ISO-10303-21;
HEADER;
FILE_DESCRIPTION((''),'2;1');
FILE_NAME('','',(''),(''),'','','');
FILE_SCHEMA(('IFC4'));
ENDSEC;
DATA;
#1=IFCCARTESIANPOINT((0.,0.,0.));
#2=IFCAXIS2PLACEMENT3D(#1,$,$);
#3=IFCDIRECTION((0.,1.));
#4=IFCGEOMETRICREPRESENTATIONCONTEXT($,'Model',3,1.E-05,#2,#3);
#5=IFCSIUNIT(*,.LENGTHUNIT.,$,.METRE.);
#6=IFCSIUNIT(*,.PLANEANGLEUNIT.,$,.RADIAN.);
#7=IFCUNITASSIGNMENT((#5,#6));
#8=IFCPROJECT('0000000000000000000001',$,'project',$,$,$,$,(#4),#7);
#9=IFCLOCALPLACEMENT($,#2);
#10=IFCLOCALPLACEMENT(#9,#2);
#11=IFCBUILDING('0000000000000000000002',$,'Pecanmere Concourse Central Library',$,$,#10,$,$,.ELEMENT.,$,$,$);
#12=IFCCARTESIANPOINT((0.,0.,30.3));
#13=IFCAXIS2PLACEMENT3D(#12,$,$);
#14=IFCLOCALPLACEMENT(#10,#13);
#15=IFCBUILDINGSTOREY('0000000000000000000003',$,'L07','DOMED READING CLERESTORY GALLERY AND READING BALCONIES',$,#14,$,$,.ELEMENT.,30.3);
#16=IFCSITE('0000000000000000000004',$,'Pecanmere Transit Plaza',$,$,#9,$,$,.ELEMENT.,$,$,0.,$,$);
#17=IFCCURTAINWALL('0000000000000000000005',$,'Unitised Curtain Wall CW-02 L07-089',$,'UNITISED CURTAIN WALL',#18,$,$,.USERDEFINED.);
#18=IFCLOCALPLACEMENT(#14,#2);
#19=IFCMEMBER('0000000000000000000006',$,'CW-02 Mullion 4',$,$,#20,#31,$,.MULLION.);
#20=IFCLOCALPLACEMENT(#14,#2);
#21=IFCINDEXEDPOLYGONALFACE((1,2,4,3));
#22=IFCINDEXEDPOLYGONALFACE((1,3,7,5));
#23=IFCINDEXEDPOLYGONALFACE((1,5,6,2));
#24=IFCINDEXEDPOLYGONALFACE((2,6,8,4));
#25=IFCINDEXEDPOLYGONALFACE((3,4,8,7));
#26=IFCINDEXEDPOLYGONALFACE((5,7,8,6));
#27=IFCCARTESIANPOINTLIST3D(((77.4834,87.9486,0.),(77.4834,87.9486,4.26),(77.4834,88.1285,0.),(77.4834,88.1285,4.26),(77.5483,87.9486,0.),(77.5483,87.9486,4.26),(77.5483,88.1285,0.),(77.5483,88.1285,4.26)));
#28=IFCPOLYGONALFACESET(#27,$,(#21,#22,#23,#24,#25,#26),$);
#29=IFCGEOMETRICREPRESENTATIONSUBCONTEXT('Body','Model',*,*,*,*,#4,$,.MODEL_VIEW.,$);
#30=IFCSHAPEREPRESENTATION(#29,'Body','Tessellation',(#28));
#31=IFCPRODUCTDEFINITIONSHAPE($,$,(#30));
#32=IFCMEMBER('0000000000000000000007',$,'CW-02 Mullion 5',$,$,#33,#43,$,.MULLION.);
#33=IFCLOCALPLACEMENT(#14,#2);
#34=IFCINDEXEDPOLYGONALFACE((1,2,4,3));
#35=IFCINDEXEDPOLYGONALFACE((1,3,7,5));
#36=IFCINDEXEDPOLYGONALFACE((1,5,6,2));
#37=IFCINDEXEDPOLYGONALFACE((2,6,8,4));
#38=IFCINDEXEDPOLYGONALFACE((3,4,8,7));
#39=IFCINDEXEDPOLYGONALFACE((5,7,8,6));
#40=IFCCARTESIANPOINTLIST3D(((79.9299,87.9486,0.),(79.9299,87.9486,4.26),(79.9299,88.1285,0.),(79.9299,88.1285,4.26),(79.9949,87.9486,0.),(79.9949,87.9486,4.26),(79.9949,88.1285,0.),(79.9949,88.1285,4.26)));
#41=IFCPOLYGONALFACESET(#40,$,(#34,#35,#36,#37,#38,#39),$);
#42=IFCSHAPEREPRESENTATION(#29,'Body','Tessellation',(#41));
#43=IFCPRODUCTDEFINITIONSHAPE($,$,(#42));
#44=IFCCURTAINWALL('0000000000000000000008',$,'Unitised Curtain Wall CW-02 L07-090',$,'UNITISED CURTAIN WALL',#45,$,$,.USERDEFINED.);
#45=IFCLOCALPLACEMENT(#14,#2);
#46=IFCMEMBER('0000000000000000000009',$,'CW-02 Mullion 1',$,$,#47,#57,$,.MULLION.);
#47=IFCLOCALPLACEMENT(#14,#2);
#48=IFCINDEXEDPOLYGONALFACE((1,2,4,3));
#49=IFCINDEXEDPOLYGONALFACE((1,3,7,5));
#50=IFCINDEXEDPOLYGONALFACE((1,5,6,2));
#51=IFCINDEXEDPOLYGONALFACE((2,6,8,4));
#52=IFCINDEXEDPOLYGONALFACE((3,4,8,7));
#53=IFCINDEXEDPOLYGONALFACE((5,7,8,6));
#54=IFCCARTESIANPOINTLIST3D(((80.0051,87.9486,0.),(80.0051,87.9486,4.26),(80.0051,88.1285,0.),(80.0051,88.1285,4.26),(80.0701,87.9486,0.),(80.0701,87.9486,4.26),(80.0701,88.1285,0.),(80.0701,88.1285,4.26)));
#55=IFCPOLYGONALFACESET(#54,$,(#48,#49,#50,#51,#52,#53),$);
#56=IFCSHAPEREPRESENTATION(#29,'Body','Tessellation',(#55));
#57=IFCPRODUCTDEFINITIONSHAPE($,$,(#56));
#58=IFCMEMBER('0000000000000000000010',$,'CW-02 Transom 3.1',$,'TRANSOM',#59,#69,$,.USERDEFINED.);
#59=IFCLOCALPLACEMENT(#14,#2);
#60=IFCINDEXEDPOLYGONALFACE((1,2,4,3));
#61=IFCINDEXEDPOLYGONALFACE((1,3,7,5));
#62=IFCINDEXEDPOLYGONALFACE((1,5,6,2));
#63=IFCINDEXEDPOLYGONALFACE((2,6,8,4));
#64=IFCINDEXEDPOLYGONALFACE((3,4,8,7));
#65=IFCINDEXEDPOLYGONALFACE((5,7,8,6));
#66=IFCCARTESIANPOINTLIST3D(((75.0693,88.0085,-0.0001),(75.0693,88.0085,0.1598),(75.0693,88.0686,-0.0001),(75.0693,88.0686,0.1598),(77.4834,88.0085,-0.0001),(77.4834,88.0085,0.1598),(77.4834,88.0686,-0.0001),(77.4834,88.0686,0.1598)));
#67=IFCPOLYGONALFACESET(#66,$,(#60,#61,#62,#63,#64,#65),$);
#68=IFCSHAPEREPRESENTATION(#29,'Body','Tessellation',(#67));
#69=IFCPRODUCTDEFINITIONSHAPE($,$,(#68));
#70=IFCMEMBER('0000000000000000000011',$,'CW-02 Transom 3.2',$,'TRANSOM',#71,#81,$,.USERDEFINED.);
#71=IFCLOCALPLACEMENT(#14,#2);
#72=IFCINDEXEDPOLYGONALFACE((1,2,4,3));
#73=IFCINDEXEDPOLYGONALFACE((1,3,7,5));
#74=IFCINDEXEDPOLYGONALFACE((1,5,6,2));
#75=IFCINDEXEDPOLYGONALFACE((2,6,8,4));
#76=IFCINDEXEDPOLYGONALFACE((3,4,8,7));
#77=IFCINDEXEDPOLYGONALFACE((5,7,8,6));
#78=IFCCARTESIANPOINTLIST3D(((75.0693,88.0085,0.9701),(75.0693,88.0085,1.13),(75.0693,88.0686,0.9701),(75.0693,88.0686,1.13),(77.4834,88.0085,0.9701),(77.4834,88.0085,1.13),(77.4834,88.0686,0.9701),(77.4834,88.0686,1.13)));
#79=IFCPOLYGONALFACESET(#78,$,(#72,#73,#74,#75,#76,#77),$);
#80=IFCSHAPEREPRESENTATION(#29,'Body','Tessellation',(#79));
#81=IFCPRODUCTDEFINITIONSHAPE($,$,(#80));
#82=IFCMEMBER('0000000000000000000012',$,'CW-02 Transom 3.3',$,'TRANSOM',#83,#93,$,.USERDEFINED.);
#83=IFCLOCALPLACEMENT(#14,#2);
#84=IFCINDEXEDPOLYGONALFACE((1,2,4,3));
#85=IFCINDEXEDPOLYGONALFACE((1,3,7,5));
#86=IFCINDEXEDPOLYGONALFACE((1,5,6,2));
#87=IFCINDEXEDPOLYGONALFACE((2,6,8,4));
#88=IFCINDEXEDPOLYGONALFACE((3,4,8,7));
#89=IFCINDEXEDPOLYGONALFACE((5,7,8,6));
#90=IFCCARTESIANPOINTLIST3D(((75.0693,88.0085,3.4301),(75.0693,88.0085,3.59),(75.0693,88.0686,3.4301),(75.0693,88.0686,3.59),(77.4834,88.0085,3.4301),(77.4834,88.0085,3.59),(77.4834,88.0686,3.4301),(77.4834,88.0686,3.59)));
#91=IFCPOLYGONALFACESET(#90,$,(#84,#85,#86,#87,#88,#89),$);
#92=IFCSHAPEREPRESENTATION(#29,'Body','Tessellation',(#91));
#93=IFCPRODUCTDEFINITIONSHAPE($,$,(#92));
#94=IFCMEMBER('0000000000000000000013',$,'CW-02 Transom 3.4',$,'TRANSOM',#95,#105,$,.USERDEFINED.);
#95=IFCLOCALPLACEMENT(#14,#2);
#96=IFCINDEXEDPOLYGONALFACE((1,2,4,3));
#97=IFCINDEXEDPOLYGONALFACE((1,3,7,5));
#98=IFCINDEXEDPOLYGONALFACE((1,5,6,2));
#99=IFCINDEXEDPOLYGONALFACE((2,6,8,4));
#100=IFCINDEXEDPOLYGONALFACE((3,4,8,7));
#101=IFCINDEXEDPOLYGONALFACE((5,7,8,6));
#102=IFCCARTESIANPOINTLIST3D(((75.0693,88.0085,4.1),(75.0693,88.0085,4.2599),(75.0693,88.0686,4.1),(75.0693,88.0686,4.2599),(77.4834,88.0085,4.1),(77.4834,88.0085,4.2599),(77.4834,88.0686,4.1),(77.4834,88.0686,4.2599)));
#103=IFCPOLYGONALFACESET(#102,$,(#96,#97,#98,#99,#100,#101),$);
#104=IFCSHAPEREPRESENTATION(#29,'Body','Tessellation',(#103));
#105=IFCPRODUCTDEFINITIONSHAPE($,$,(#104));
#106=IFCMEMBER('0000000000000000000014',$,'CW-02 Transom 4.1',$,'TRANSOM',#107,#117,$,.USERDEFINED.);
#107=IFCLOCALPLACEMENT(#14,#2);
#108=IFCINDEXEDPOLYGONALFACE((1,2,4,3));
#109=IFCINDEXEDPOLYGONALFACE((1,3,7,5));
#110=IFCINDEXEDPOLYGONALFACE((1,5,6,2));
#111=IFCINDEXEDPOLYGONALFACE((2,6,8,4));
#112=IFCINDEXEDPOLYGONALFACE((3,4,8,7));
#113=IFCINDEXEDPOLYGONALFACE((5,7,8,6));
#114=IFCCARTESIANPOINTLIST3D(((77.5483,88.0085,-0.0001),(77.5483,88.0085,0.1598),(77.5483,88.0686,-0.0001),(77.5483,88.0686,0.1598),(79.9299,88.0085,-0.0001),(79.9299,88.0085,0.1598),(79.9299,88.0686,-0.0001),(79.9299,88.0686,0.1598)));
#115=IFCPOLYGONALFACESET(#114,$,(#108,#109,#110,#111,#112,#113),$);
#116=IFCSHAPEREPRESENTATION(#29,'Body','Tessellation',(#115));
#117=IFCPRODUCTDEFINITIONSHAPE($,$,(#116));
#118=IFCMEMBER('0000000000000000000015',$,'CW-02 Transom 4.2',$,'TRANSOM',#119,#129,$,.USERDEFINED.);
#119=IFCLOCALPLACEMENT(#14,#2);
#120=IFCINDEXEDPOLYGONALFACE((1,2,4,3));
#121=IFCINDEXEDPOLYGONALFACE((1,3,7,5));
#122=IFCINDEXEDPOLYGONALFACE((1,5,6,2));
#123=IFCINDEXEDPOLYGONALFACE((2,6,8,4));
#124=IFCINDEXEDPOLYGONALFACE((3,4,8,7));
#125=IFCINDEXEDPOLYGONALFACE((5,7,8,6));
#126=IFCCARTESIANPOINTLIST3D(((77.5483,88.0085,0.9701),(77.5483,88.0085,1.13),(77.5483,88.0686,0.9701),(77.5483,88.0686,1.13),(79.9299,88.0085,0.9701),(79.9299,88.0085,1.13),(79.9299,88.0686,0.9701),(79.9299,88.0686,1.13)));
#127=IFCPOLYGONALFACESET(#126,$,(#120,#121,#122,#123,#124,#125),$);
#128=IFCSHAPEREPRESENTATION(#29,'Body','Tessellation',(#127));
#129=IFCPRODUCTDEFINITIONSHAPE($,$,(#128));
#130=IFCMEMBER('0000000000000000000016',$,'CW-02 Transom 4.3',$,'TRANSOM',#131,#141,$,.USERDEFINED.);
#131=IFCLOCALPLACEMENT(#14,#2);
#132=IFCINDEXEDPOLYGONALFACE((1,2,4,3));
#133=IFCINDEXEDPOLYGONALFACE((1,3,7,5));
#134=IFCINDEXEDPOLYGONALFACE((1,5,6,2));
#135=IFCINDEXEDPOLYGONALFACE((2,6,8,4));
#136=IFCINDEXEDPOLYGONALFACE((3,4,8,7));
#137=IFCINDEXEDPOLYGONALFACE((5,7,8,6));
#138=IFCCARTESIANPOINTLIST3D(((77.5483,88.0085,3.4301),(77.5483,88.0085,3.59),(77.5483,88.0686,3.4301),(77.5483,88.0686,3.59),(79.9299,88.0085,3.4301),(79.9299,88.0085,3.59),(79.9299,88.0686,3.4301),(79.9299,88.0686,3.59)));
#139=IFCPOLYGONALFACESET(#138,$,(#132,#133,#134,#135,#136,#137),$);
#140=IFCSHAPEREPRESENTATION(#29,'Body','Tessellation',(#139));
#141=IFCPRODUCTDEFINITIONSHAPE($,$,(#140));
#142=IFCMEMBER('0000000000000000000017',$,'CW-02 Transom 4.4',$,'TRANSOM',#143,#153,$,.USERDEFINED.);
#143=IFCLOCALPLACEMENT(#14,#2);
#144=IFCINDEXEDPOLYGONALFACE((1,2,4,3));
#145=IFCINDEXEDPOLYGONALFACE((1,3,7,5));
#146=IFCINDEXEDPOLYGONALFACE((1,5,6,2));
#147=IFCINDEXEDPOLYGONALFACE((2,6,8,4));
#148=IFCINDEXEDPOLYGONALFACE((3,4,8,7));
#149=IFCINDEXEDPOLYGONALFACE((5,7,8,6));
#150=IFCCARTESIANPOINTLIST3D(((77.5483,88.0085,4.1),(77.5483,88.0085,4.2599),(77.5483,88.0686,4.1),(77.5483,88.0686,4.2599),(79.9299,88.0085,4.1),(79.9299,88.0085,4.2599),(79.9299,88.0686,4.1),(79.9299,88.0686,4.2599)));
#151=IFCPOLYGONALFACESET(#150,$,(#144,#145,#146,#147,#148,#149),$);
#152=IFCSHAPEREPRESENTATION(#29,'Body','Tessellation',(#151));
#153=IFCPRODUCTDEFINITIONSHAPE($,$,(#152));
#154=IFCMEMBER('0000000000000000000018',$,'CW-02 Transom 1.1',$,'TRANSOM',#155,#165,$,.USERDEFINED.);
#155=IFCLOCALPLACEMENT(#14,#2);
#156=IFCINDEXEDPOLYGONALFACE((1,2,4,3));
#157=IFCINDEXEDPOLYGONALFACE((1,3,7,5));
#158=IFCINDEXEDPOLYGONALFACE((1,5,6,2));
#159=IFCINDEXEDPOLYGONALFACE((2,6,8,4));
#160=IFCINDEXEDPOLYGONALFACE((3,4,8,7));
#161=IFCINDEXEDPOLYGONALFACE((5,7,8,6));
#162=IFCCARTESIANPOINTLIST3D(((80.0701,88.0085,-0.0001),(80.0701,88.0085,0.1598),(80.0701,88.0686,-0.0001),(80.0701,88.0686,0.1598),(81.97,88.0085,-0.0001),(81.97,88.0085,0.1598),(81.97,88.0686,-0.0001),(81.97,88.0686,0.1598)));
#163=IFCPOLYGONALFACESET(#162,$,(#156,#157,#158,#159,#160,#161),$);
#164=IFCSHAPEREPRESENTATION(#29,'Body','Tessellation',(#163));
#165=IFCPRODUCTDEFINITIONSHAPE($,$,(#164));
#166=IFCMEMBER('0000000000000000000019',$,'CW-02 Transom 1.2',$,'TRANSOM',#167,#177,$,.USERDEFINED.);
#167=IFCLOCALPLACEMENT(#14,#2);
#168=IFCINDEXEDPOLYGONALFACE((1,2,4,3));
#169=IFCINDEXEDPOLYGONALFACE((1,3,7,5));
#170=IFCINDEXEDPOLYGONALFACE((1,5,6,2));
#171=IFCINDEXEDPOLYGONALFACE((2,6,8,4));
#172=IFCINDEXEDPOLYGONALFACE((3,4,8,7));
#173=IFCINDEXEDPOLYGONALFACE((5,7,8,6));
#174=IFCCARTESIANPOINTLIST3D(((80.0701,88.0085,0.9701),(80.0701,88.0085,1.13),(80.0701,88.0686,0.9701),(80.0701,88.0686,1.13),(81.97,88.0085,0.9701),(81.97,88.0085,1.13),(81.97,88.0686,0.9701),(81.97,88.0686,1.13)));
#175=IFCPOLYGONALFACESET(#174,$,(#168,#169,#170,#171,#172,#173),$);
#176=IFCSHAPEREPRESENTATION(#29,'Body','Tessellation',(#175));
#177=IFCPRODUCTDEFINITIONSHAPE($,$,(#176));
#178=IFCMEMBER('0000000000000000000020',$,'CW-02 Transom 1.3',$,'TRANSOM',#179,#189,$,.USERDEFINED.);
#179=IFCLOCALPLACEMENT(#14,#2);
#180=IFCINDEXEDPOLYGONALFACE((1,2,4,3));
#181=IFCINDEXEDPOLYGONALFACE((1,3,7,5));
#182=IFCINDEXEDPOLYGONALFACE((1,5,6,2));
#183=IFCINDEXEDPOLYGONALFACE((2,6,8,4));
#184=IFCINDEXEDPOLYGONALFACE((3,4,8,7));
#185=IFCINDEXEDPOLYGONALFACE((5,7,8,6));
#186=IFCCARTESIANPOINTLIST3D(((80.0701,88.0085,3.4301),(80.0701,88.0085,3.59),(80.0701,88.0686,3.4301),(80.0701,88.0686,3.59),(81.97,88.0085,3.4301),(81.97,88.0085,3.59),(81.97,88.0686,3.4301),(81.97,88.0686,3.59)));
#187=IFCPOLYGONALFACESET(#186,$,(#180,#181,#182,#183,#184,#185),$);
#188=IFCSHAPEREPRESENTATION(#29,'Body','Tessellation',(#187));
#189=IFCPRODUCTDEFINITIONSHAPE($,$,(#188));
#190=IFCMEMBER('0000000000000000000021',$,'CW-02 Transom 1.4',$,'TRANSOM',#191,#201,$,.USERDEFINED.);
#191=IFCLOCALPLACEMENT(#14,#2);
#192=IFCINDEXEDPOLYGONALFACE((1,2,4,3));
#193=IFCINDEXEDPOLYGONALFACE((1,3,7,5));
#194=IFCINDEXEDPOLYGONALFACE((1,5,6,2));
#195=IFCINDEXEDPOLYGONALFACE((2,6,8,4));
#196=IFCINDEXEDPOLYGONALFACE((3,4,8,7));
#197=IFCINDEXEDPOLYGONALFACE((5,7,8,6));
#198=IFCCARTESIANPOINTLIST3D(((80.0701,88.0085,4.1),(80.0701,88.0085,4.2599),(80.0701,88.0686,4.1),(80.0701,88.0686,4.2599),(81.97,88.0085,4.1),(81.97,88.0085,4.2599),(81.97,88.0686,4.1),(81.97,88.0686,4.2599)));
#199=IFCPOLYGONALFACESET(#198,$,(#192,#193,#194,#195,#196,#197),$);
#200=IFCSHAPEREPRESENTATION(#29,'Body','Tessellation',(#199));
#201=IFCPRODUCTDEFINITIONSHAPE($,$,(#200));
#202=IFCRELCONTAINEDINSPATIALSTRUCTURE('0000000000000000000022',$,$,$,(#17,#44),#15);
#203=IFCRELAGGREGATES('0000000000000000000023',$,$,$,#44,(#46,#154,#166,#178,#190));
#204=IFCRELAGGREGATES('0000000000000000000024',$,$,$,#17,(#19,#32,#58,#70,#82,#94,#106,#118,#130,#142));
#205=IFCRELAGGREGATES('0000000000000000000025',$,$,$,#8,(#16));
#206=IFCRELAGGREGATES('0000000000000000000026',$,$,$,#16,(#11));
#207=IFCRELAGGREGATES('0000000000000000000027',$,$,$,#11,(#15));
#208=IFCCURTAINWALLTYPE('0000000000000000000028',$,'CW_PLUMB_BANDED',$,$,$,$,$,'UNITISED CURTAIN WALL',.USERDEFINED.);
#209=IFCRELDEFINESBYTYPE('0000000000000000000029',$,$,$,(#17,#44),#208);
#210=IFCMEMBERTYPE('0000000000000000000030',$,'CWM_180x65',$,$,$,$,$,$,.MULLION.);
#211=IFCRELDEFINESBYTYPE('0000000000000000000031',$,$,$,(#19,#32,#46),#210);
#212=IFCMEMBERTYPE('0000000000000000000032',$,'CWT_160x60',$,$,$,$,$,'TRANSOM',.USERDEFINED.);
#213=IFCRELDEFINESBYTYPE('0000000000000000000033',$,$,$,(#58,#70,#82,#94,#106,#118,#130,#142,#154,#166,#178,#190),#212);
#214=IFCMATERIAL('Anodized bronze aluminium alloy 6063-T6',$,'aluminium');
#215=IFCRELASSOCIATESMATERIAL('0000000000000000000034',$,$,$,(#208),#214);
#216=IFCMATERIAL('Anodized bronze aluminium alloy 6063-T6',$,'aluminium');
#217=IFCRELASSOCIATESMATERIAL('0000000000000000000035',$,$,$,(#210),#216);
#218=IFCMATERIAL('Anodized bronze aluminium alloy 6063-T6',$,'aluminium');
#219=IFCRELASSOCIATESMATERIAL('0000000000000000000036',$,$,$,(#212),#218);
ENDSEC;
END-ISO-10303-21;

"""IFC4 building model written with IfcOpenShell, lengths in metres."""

from ifc_helpers import new_model, si_unit, direction, frame, origin, origin_2d, place, context, subcontext, project, spatial, rectangle, extrude, material, material_profile, profile_set, type_object, element, aggregate, save


model = new_model("IFC4")

# Units and contexts
model_context = context("Model", 3, precision=1e-05, world=origin(), true_north=direction((0.0, 1.0)))
body_context = subcontext(model_context, "Body", "Model", "MODEL_VIEW")
ifc_project = project(units=[si_unit("LENGTHUNIT", "METRE"), si_unit("PLANEANGLEUNIT", "RADIAN")], contexts=[model_context])

# Site, building, storey
site_placement = place(None, origin())
site = spatial("IfcSite", under=ifc_project, at=site_placement, Name="Pecanmere Transit Plaza", CompositionType="ELEMENT", RefElevation=0.0)
building_placement = place(site_placement, origin())
building = spatial("IfcBuilding", under=site, at=building_placement, Name="Pecanmere Concourse Central Library", CompositionType="ELEMENT")
storey_placement = place(building_placement, frame((0.0, 0.0, 30.3)))
storey = spatial("IfcBuildingStorey", under=building, at=storey_placement, Name="L07", Description="DOMED READING CLERESTORY GALLERY AND READING BALCONIES", CompositionType="ELEMENT", Elevation=30.3)

# Curtain wall, members
ifc_material_1 = material(Name="Anodized bronze aluminium alloy 6063-T6", Category="aluminium")
curtain_wall_type = type_object("IfcCurtainWallType", Name="CW_PLUMB_BANDED", ElementType="UNITISED CURTAIN WALL", PredefinedType="USERDEFINED", material=ifc_material_1)
curtain_wall_1_placement = place(storey_placement, origin())
curtain_wall_1 = element("IfcCurtainWall", 1, at=curtain_wall_1_placement, inside=storey, type_object=curtain_wall_type, Name="Unitised Curtain Wall CW-02 L07-089", ObjectType="UNITISED CURTAIN WALL", PredefinedType="USERDEFINED")
ifc_material_2 = material(Name="Anodized bronze aluminium alloy 6063-T6", Category="aluminium")
ifc_material_profile_1 = material_profile(ifc_material_2, rectangle(XDim=0.0649, YDim=0.1799, at=origin_2d()), Name="AL 65x180")
ifc_profile_set_1 = profile_set([ifc_material_profile_1], Name="Anodized bronze aluminium alloy 6063-T6")
member_type_1 = type_object("IfcMemberType", Name="CWM_180x65", PredefinedType="MULLION", material=ifc_profile_set_1)
member_1_placement = place(storey_placement, frame((77.5159, 88.0386, 0.0), z_axis=(0.0, 0.0, 1.0), x_axis=(1.0, 0.0, 0.0)))
member_1 = element("IfcMember", 2, at=member_1_placement, type_object=member_type_1, Name="CW-02 Mullion 4", PredefinedType="MULLION", context=body_context, shape_type="SweptSolid", body=[
    extrude(rectangle(XDim=0.0649, YDim=0.1799, at=origin_2d()), origin(), (0.0, 0.0, 1.0), 4.26),
])
member_2_placement = place(storey_placement, frame((79.9624, 88.0386, 0.0), z_axis=(0.0, 0.0, 1.0), x_axis=(1.0, 0.0, 0.0)))
member_2 = element("IfcMember", 3, at=member_2_placement, type_object=member_type_1, Name="CW-02 Mullion 5", PredefinedType="MULLION", context=body_context, shape_type="SweptSolid", body=[
    extrude(rectangle(XDim=0.0649, YDim=0.1799, at=origin_2d()), origin(), (0.0, 0.0, 1.0), 4.26),
])

# Curtain wall, member
curtain_wall_2_placement = place(storey_placement, origin())
curtain_wall_2 = element("IfcCurtainWall", 4, at=curtain_wall_2_placement, inside=storey, type_object=curtain_wall_type, Name="Unitised Curtain Wall CW-02 L07-090", ObjectType="UNITISED CURTAIN WALL", PredefinedType="USERDEFINED")
member_3_placement = place(storey_placement, frame((80.0376, 88.0386, 0.0), z_axis=(0.0, 0.0, 1.0), x_axis=(1.0, 0.0, 0.0)))
member_3 = element("IfcMember", 5, at=member_3_placement, type_object=member_type_1, Name="CW-02 Mullion 1", PredefinedType="MULLION", context=body_context, shape_type="SweptSolid", body=[
    extrude(rectangle(XDim=0.0649, YDim=0.1799, at=origin_2d()), origin(), (0.0, 0.0, 1.0), 4.26),
])

# Members
ifc_material_3 = material(Name="Anodized bronze aluminium alloy 6063-T6", Category="aluminium")
ifc_material_profile_2 = material_profile(ifc_material_3, rectangle(XDim=0.0601, YDim=0.1599, at=origin_2d()), Name="AL 60x160")
ifc_profile_set_2 = profile_set([ifc_material_profile_2], Name="Anodized bronze aluminium alloy 6063-T6")
member_type_2 = type_object("IfcMemberType", Name="CWT_160x60", ElementType="TRANSOM", PredefinedType="USERDEFINED", material=ifc_profile_set_2)
member_4_placement = place(storey_placement, frame((75.0693, 88.0386, 0.0798), z_axis=(1.0, 0.0, 0.0), x_axis=(0.0, 1.0, 0.0)))
member_4 = element("IfcMember", 6, at=member_4_placement, type_object=member_type_2, Name="CW-02 Transom 3.1", ObjectType="TRANSOM", PredefinedType="USERDEFINED", context=body_context, shape_type="SweptSolid", body=[
    extrude(rectangle(XDim=0.0601, YDim=0.1599, at=origin_2d()), origin(), (0.0, 0.0, 1.0), 2.4141),
])
member_5_placement = place(storey_placement, frame((75.0693, 88.0386, 1.05), z_axis=(1.0, 0.0, 0.0), x_axis=(0.0, 1.0, 0.0)))
member_5 = element("IfcMember", 7, at=member_5_placement, type_object=member_type_2, Name="CW-02 Transom 3.2", ObjectType="TRANSOM", PredefinedType="USERDEFINED", context=body_context, shape_type="SweptSolid", body=[
    extrude(rectangle(XDim=0.0601, YDim=0.1599, at=origin_2d()), origin(), (0.0, 0.0, 1.0), 2.4141),
])
member_6_placement = place(storey_placement, frame((75.0693, 88.0386, 3.51), z_axis=(1.0, 0.0, 0.0), x_axis=(0.0, 1.0, 0.0)))
member_6 = element("IfcMember", 8, at=member_6_placement, type_object=member_type_2, Name="CW-02 Transom 3.3", ObjectType="TRANSOM", PredefinedType="USERDEFINED", context=body_context, shape_type="SweptSolid", body=[
    extrude(rectangle(XDim=0.0601, YDim=0.1599, at=origin_2d()), origin(), (0.0, 0.0, 1.0), 2.4141),
])
member_7_placement = place(storey_placement, frame((75.0693, 88.0386, 4.1799), z_axis=(1.0, 0.0, 0.0), x_axis=(0.0, 1.0, 0.0)))
member_7 = element("IfcMember", 9, at=member_7_placement, type_object=member_type_2, Name="CW-02 Transom 3.4", ObjectType="TRANSOM", PredefinedType="USERDEFINED", context=body_context, shape_type="SweptSolid", body=[
    extrude(rectangle(XDim=0.0601, YDim=0.1599, at=origin_2d()), origin(), (0.0, 0.0, 1.0), 2.4141),
])
member_8_placement = place(storey_placement, frame((77.5483, 88.0386, 0.0798), z_axis=(1.0, 0.0, 0.0), x_axis=(0.0, 1.0, 0.0)))
member_8 = element("IfcMember", 10, at=member_8_placement, type_object=member_type_2, Name="CW-02 Transom 4.1", ObjectType="TRANSOM", PredefinedType="USERDEFINED", context=body_context, shape_type="SweptSolid", body=[
    extrude(rectangle(XDim=0.0601, YDim=0.1599, at=origin_2d()), origin(), (0.0, 0.0, 1.0), 2.3816),
])
member_9_placement = place(storey_placement, frame((77.5483, 88.0386, 1.05), z_axis=(1.0, 0.0, 0.0), x_axis=(0.0, 1.0, 0.0)))
member_9 = element("IfcMember", 11, at=member_9_placement, type_object=member_type_2, Name="CW-02 Transom 4.2", ObjectType="TRANSOM", PredefinedType="USERDEFINED", context=body_context, shape_type="SweptSolid", body=[
    extrude(rectangle(XDim=0.0601, YDim=0.1599, at=origin_2d()), origin(), (0.0, 0.0, 1.0), 2.3816),
])
member_10_placement = place(storey_placement, frame((77.5483, 88.0386, 3.51), z_axis=(1.0, 0.0, 0.0), x_axis=(0.0, 1.0, 0.0)))
member_10 = element("IfcMember", 12, at=member_10_placement, type_object=member_type_2, Name="CW-02 Transom 4.3", ObjectType="TRANSOM", PredefinedType="USERDEFINED", context=body_context, shape_type="SweptSolid", body=[
    extrude(rectangle(XDim=0.0601, YDim=0.1599, at=origin_2d()), origin(), (0.0, 0.0, 1.0), 2.3816),
])
member_11_placement = place(storey_placement, frame((77.5483, 88.0386, 4.1799), z_axis=(1.0, 0.0, 0.0), x_axis=(0.0, 1.0, 0.0)))
member_11 = element("IfcMember", 13, at=member_11_placement, type_object=member_type_2, Name="CW-02 Transom 4.4", ObjectType="TRANSOM", PredefinedType="USERDEFINED", context=body_context, shape_type="SweptSolid", body=[
    extrude(rectangle(XDim=0.0601, YDim=0.1599, at=origin_2d()), origin(), (0.0, 0.0, 1.0), 2.3816),
])
member_12_placement = place(storey_placement, frame((80.0701, 88.0386, 0.0798), z_axis=(1.0, 0.0, 0.0), x_axis=(0.0, 1.0, 0.0)))
member_12 = element("IfcMember", 14, at=member_12_placement, type_object=member_type_2, Name="CW-02 Transom 1.1", ObjectType="TRANSOM", PredefinedType="USERDEFINED", context=body_context, shape_type="SweptSolid", body=[
    extrude(rectangle(XDim=0.0601, YDim=0.1599, at=origin_2d()), origin(), (0.0, 0.0, 1.0), 1.8999),
])
member_13_placement = place(storey_placement, frame((80.0701, 88.0386, 1.05), z_axis=(1.0, 0.0, 0.0), x_axis=(0.0, 1.0, 0.0)))
member_13 = element("IfcMember", 15, at=member_13_placement, type_object=member_type_2, Name="CW-02 Transom 1.2", ObjectType="TRANSOM", PredefinedType="USERDEFINED", context=body_context, shape_type="SweptSolid", body=[
    extrude(rectangle(XDim=0.0601, YDim=0.1599, at=origin_2d()), origin(), (0.0, 0.0, 1.0), 1.8999),
])
member_14_placement = place(storey_placement, frame((80.0701, 88.0386, 3.51), z_axis=(1.0, 0.0, 0.0), x_axis=(0.0, 1.0, 0.0)))
member_14 = element("IfcMember", 16, at=member_14_placement, type_object=member_type_2, Name="CW-02 Transom 1.3", ObjectType="TRANSOM", PredefinedType="USERDEFINED", context=body_context, shape_type="SweptSolid", body=[
    extrude(rectangle(XDim=0.0601, YDim=0.1599, at=origin_2d()), origin(), (0.0, 0.0, 1.0), 1.8999),
])
member_15_placement = place(storey_placement, frame((80.0701, 88.0386, 4.1799), z_axis=(1.0, 0.0, 0.0), x_axis=(0.0, 1.0, 0.0)))
member_15 = element("IfcMember", 17, at=member_15_placement, type_object=member_type_2, Name="CW-02 Transom 1.4", ObjectType="TRANSOM", PredefinedType="USERDEFINED", context=body_context, shape_type="SweptSolid", body=[
    extrude(rectangle(XDim=0.0601, YDim=0.1599, at=origin_2d()), origin(), (0.0, 0.0, 1.0), 1.8999),
])
aggregate(curtain_wall_2, [member_3, member_12, member_13, member_14, member_15])

aggregate(curtain_wall_1, [member_1, member_2, member_4, member_5, member_6, member_7, member_8, member_9, member_10, member_11])

save(model, "model.ifc")
